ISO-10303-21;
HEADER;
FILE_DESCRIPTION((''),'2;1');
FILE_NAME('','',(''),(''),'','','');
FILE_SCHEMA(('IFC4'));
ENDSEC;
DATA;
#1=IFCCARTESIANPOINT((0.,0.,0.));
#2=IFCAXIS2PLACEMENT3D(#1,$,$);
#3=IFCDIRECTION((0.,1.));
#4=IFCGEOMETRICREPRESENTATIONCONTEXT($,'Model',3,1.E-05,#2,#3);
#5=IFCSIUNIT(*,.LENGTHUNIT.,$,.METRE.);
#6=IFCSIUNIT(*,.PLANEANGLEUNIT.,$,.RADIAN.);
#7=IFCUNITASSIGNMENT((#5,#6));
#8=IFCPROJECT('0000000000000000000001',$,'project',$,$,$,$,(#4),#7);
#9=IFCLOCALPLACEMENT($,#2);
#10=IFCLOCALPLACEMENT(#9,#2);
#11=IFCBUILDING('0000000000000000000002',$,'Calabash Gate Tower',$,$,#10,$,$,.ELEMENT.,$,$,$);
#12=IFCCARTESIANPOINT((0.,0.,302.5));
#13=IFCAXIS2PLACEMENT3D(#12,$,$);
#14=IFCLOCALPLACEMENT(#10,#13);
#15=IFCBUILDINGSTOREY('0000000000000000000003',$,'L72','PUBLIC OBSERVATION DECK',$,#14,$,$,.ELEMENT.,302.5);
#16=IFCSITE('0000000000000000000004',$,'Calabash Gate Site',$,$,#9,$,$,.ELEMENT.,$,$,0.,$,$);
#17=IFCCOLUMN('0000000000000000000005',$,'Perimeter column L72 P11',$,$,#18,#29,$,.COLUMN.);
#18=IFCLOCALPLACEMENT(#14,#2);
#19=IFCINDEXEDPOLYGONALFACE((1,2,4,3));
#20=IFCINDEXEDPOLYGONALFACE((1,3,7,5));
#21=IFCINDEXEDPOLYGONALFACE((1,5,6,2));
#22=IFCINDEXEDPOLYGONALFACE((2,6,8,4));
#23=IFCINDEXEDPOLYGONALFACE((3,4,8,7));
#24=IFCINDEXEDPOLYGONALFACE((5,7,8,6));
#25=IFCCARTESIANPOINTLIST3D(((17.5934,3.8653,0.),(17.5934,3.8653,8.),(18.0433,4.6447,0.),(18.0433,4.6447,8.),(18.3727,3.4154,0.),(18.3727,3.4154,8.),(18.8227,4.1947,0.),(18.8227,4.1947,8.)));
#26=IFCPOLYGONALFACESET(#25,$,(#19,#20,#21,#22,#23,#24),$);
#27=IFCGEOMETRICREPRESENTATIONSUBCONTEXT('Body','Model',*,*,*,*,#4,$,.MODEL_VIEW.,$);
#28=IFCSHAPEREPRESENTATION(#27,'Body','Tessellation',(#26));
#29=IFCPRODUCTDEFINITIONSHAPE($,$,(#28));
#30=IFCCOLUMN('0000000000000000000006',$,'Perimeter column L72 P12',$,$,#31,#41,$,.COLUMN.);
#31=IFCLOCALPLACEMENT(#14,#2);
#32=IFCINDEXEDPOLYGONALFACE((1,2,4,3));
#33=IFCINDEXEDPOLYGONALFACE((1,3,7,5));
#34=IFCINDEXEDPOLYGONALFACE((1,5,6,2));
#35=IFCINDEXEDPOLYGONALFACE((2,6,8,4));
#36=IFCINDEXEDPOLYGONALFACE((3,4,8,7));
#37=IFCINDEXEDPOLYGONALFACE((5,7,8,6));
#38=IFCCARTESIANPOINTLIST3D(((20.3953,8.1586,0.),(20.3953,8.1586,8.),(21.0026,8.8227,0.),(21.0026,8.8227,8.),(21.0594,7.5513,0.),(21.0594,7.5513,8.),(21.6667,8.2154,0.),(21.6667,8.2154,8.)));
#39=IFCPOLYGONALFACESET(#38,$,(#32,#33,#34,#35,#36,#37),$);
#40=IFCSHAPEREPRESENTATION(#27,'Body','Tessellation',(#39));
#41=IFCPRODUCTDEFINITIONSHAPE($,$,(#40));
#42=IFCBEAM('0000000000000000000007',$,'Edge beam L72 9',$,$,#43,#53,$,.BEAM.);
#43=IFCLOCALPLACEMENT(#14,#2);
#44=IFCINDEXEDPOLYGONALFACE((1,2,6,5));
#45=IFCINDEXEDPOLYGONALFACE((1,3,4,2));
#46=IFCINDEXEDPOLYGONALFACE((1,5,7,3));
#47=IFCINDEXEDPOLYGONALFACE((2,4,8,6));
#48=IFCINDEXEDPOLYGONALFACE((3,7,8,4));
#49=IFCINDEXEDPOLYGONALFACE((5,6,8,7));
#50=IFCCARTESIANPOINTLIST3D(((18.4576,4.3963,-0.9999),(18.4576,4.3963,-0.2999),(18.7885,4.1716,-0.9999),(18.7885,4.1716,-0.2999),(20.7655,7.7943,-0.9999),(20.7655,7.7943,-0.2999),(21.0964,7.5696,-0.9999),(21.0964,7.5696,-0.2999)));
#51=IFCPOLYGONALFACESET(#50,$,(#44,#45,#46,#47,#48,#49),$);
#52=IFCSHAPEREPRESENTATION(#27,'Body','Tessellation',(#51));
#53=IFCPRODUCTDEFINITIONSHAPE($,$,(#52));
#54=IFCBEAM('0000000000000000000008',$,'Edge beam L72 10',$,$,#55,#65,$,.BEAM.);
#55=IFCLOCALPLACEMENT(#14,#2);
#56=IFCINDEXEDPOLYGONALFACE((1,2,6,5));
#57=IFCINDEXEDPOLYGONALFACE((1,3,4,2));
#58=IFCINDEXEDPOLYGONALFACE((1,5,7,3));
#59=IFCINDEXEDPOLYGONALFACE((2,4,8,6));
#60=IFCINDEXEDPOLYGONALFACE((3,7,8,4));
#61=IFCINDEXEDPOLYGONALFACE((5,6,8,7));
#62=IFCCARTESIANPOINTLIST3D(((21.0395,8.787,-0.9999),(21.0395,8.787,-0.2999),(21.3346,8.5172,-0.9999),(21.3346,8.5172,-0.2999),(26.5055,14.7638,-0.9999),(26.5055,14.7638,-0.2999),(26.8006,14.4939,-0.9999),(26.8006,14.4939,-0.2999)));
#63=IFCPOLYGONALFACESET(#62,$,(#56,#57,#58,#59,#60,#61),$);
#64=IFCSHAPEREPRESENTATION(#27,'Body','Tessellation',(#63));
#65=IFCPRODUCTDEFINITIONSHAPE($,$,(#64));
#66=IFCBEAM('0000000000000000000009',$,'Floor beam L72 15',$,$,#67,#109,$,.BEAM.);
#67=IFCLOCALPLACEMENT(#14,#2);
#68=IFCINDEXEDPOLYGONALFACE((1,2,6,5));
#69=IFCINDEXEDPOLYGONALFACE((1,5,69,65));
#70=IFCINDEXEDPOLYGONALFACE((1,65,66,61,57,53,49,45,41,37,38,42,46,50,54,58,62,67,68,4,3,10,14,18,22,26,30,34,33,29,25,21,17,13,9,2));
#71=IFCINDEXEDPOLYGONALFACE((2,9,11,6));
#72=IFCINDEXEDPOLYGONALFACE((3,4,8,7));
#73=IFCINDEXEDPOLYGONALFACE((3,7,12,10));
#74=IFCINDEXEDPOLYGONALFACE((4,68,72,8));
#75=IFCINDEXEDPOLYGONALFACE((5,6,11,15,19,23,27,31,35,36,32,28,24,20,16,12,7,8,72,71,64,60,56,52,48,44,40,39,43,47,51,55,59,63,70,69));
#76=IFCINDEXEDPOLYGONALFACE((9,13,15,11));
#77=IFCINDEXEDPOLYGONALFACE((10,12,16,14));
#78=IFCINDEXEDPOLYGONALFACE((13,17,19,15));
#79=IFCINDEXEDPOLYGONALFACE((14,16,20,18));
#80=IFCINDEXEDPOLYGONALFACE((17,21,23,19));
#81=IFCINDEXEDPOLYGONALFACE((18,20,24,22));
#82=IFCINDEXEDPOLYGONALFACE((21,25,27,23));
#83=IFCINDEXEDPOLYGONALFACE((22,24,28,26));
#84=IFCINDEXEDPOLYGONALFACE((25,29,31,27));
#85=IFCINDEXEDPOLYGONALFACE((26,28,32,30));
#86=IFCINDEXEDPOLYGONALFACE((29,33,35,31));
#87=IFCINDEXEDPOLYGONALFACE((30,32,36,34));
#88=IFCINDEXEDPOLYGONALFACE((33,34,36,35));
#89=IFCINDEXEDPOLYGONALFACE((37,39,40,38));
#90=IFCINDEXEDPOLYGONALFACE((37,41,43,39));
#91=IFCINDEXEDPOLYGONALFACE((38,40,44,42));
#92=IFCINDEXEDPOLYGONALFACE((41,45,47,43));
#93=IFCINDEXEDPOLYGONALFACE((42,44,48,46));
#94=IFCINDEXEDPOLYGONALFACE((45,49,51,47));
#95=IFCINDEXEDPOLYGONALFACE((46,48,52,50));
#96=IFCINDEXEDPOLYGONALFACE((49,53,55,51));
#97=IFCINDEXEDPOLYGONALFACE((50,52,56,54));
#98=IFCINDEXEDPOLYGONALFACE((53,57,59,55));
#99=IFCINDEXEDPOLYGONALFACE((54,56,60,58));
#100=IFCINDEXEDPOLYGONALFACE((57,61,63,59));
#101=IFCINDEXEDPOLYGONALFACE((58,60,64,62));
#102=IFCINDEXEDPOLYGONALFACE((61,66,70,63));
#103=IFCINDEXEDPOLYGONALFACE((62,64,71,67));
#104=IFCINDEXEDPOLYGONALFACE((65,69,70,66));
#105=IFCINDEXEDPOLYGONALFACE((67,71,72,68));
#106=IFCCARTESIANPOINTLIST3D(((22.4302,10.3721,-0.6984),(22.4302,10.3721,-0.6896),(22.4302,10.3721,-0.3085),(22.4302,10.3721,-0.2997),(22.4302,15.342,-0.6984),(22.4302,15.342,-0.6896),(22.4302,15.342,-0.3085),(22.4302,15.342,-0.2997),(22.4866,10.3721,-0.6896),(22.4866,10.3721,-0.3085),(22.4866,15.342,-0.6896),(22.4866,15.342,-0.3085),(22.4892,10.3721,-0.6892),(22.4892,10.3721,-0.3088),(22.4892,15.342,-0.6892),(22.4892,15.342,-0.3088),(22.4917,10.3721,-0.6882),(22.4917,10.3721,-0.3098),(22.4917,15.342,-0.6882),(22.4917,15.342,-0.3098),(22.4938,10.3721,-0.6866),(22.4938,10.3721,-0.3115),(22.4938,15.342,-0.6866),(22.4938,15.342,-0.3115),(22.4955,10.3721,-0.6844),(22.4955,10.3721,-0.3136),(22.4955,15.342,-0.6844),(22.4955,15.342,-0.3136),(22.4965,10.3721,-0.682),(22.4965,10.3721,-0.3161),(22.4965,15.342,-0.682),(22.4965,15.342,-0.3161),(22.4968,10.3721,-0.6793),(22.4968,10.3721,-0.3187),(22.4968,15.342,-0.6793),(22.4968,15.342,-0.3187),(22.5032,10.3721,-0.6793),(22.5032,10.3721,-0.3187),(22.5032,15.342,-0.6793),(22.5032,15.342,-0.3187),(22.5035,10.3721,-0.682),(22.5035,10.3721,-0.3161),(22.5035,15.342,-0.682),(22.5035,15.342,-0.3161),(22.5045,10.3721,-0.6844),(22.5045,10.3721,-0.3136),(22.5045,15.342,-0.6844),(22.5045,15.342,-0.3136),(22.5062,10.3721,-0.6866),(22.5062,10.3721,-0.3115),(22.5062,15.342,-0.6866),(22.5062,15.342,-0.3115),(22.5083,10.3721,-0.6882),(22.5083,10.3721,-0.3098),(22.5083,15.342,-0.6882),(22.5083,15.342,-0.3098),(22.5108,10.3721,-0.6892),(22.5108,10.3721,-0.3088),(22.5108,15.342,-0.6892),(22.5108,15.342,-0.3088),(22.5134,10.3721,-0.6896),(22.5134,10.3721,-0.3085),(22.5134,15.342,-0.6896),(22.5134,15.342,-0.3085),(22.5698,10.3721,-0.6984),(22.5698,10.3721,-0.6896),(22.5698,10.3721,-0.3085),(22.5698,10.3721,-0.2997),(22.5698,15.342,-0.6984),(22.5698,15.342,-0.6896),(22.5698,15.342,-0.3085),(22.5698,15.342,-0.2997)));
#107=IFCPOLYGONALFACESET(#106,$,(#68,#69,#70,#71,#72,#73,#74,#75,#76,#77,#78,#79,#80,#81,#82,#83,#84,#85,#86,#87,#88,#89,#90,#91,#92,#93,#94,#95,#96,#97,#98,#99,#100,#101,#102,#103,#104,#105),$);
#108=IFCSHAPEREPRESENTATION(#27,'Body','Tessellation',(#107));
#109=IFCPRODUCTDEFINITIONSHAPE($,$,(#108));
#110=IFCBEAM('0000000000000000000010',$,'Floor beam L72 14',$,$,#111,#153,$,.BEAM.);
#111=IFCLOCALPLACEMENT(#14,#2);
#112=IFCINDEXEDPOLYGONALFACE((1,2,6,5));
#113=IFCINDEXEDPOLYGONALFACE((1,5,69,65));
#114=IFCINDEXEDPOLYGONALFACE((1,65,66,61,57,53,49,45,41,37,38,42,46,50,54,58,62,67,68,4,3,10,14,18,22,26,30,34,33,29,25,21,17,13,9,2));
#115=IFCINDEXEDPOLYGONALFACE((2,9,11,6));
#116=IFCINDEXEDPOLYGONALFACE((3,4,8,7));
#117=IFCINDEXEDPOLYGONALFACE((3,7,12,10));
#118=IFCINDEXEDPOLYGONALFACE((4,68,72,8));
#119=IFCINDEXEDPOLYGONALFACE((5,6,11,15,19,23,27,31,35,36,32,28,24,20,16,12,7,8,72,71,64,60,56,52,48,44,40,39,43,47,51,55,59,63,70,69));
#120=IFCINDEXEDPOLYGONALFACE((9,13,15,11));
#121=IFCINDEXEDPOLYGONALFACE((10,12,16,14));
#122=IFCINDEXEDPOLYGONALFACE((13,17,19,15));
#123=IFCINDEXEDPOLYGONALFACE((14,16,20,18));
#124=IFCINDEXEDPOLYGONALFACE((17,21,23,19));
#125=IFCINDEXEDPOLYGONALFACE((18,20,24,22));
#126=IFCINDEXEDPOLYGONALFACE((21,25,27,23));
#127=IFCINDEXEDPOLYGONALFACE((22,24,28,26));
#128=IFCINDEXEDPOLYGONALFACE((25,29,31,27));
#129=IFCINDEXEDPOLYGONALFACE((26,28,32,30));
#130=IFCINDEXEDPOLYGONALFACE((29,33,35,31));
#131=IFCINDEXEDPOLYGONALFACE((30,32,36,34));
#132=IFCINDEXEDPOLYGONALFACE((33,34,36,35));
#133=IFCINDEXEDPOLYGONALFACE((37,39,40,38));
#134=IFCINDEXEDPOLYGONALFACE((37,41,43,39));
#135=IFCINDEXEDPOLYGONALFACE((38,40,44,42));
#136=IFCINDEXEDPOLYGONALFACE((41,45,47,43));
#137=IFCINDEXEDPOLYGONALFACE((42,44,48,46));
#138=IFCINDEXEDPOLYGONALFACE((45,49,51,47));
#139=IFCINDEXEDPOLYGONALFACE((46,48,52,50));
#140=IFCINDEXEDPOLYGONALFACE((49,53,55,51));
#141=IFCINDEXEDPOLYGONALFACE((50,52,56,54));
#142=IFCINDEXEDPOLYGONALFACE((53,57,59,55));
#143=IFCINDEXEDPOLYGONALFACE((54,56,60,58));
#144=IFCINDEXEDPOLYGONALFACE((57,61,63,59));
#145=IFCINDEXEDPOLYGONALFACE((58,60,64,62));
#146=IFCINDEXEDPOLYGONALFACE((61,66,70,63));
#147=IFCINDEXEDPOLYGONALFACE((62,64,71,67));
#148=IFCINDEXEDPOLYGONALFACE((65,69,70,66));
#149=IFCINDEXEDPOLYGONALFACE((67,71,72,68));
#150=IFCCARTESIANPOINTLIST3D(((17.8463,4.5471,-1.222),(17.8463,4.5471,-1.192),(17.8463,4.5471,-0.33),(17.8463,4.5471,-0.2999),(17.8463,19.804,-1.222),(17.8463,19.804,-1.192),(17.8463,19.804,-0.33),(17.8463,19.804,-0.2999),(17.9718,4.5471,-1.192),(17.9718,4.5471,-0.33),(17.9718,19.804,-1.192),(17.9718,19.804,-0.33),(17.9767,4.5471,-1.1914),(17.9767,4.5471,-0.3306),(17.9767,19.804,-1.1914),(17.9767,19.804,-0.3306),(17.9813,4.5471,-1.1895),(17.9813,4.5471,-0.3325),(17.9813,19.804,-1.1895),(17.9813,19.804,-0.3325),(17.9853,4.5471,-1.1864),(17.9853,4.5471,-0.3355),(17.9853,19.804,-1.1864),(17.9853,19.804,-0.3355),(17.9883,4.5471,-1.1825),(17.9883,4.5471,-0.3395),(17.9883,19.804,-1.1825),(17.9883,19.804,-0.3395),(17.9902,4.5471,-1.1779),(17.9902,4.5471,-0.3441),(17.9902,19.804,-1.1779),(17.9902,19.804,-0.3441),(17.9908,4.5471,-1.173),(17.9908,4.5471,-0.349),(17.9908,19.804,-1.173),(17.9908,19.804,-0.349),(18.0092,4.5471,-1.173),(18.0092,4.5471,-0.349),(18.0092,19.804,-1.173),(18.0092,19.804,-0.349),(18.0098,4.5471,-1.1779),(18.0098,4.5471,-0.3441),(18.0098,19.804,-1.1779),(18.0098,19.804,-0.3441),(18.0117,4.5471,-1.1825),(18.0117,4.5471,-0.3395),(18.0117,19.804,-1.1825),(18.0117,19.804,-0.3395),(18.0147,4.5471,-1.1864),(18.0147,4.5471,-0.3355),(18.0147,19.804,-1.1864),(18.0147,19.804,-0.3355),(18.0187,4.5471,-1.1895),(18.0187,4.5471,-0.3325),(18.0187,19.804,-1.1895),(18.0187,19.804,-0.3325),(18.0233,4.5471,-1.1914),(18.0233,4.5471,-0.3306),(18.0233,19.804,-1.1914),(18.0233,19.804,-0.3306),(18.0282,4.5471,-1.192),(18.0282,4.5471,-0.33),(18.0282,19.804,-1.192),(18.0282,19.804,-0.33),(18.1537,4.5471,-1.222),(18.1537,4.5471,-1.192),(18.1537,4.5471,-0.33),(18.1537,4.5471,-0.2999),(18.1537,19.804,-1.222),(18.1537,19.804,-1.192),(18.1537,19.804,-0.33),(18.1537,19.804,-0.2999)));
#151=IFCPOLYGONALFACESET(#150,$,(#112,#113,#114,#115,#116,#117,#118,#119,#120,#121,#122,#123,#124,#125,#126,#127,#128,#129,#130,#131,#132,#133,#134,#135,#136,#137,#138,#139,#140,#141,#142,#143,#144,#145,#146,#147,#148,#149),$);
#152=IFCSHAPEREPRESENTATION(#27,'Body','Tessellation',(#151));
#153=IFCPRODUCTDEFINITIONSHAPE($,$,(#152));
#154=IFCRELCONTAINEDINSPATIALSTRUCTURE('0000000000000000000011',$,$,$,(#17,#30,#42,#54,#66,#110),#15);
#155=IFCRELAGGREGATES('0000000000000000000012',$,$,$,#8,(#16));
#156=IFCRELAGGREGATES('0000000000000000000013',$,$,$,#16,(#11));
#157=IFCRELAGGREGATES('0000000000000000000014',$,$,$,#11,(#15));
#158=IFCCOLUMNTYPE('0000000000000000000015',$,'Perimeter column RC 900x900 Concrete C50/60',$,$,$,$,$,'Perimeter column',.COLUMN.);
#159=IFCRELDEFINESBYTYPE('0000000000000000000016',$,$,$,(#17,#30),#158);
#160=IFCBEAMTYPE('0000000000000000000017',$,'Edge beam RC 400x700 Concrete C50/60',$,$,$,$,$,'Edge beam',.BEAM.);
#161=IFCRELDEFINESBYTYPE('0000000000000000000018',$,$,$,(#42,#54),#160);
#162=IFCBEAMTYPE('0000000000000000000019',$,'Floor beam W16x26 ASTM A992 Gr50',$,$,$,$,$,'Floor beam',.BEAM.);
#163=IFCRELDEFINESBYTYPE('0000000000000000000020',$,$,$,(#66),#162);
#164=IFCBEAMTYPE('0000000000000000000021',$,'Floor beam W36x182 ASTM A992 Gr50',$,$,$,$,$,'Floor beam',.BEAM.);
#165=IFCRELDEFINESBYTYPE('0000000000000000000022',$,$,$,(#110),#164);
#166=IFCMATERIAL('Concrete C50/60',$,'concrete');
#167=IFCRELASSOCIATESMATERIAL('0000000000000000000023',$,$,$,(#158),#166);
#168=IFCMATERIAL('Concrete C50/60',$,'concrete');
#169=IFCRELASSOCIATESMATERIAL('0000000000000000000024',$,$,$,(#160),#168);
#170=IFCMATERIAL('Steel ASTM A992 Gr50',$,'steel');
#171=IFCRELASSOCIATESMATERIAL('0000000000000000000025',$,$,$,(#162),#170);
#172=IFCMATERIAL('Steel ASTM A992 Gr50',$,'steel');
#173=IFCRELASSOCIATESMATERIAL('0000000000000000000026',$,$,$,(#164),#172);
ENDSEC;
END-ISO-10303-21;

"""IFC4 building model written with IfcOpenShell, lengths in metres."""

from ifc_helpers import new_model, si_unit, direction, frame, origin, origin_2d, place, context, subcontext, project, spatial, rectangle, i_section, extrude, material, material_profile, profile_set, type_object, element, save


model = new_model("IFC4")

# Units and contexts
model_context = context("Model", 3, precision=1e-05, world=origin(), true_north=direction((0.0, 1.0)))
body_context = subcontext(model_context, "Body", "Model", "MODEL_VIEW")
ifc_project = project(units=[si_unit("LENGTHUNIT", "METRE"), si_unit("PLANEANGLEUNIT", "RADIAN")], contexts=[model_context])

# Site, building, storey
site_placement = place(None, origin())
site = spatial("IfcSite", under=ifc_project, at=site_placement, Name="Calabash Gate Site", CompositionType="ELEMENT", RefElevation=0.0)
building_placement = place(site_placement, origin())
building = spatial("IfcBuilding", under=site, at=building_placement, Name="Calabash Gate Tower", CompositionType="ELEMENT")
storey_placement = place(building_placement, frame((0.0, 0.0, 302.5)))
storey = spatial("IfcBuildingStorey", under=building, at=storey_placement, Name="L72", Description="PUBLIC OBSERVATION DECK", CompositionType="ELEMENT", Elevation=302.5)

# Columns
ifc_material_1 = material(Name="Concrete C50/60", Category="concrete")
ifc_material_profile_1 = material_profile(ifc_material_1, rectangle(XDim=0.8999, YDim=0.8999, at=origin_2d()))
ifc_profile_set_1 = profile_set([ifc_material_profile_1], Name="Concrete C50/60")
column_type = type_object("IfcColumnType", Name="Perimeter column RC 900x900 Concrete C50/60", ElementType="Perimeter column", PredefinedType="COLUMN", material=ifc_profile_set_1)
for number, where, z_axis, x_axis, name in (
    (1, (18.208, 4.03, 0.0), (0.0, 0.0, 1.0), (0.5, 0.866025, 0.0), "Perimeter column L72 P11"),
    (2, (21.031, 8.187, 0.0), (0.0, 0.0, 1.0), (0.674856, 0.737949, 0.0), "Perimeter column L72 P12"),
):
    element("IfcColumn", number, at=place(storey_placement, frame(where, z_axis=z_axis, x_axis=x_axis)), inside=storey, type_object=column_type, Name=name, PredefinedType="COLUMN", context=body_context, shape_type="SweptSolid", body=[
        extrude(rectangle(XDim=0.8999, YDim=0.8999, at=origin_2d()), origin(), (0.0, 0.0, 1.0), 8.0),
    ])

# Beams
ifc_material_2 = material(Name="Concrete C50/60", Category="concrete")
ifc_material_profile_2 = material_profile(ifc_material_2, rectangle(XDim=0.3999, YDim=0.7, at=origin_2d()))
ifc_profile_set_2 = profile_set([ifc_material_profile_2], Name="Concrete C50/60")
beam_type_1 = type_object("IfcBeamType", Name="Edge beam RC 400x700 Concrete C50/60", ElementType="Edge beam", PredefinedType="BEAM", material=ifc_profile_set_2)
beam_1_placement = place(storey_placement, frame((18.623, 4.2839, -0.6499), z_axis=(0.561853, 0.827237, 0.0), x_axis=(-0.827237, 0.561853, 0.0)))
element("IfcBeam", 3, at=beam_1_placement, inside=storey, type_object=beam_type_1, Name="Edge beam L72 9", PredefinedType="BEAM", context=body_context, shape_type="SweptSolid", body=[
    extrude(rectangle(XDim=0.3999, YDim=0.7, at=origin_2d()), origin(), (0.0, 0.0, 1.0), 4.1077),
])
beam_2_placement = place(storey_placement, frame((21.187, 8.6521, -0.6499), z_axis=(0.674874, 0.737933, 0.0), x_axis=(-0.737933, 0.674874, 0.0)))
element("IfcBeam", 4, at=beam_2_placement, inside=storey, type_object=beam_type_1, Name="Edge beam L72 10", PredefinedType="BEAM", context=body_context, shape_type="SweptSolid", body=[
    extrude(rectangle(XDim=0.3999, YDim=0.7, at=origin_2d()), origin(), (0.0, 0.0, 1.0), 8.0994),
])
ifc_material_3 = material(Name="Steel ASTM A992 Gr50", Category="steel")
ifc_material_profile_3 = material_profile(ifc_material_3, i_section(OverallWidth=0.1396, OverallDepth=0.3987, WebThickness=0.0063, FlangeThickness=0.0088, FilletRadius=0.0103, at=origin_2d()))
ifc_profile_set_3 = profile_set([ifc_material_profile_3], Name="Steel ASTM A992 Gr50")
beam_type_2 = type_object("IfcBeamType", Name="Floor beam W16x26 ASTM A992 Gr50", ElementType="Floor beam", PredefinedType="BEAM", material=ifc_profile_set_3)
beam_3_placement = place(storey_placement, frame((22.5, 10.3721, -0.499), z_axis=(0.0, 1.0, 0.0), x_axis=(-1.0, 0.0, 0.0)))
element("IfcBeam", 5, at=beam_3_placement, inside=storey, type_object=beam_type_2, Name="Floor beam L72 15", PredefinedType="BEAM", context=body_context, shape_type="SweptSolid", body=[
    extrude(i_section(OverallWidth=0.1396, OverallDepth=0.3987, WebThickness=0.0063, FlangeThickness=0.0088, FilletRadius=0.0103, at=origin_2d()), origin(), (0.0, 0.0, 1.0), 4.97),
])
ifc_material_4 = material(Name="Steel ASTM A992 Gr50", Category="steel")
ifc_material_profile_4 = material_profile(ifc_material_4, i_section(OverallWidth=0.3074, OverallDepth=0.9221, WebThickness=0.0183, FlangeThickness=0.03, FilletRadius=0.019, at=origin_2d()))
ifc_profile_set_4 = profile_set([ifc_material_profile_4], Name="Steel ASTM A992 Gr50")
beam_type_3 = type_object("IfcBeamType", Name="Floor beam W36x182 ASTM A992 Gr50", ElementType="Floor beam", PredefinedType="BEAM", material=ifc_profile_set_4)
beam_4_placement = place(storey_placement, frame((18.0, 4.5471, -0.761), z_axis=(0.0, 1.0, 0.0), x_axis=(-1.0, 0.0, 0.0)))
element("IfcBeam", 6, at=beam_4_placement, inside=storey, type_object=beam_type_3, Name="Floor beam L72 14", PredefinedType="BEAM", context=body_context, shape_type="SweptSolid", body=[
    extrude(i_section(OverallWidth=0.3074, OverallDepth=0.9221, WebThickness=0.0183, FlangeThickness=0.03, FilletRadius=0.019, at=origin_2d()), origin(), (0.0, 0.0, 1.0), 15.2568),
])

save(model, "model.ifc")
